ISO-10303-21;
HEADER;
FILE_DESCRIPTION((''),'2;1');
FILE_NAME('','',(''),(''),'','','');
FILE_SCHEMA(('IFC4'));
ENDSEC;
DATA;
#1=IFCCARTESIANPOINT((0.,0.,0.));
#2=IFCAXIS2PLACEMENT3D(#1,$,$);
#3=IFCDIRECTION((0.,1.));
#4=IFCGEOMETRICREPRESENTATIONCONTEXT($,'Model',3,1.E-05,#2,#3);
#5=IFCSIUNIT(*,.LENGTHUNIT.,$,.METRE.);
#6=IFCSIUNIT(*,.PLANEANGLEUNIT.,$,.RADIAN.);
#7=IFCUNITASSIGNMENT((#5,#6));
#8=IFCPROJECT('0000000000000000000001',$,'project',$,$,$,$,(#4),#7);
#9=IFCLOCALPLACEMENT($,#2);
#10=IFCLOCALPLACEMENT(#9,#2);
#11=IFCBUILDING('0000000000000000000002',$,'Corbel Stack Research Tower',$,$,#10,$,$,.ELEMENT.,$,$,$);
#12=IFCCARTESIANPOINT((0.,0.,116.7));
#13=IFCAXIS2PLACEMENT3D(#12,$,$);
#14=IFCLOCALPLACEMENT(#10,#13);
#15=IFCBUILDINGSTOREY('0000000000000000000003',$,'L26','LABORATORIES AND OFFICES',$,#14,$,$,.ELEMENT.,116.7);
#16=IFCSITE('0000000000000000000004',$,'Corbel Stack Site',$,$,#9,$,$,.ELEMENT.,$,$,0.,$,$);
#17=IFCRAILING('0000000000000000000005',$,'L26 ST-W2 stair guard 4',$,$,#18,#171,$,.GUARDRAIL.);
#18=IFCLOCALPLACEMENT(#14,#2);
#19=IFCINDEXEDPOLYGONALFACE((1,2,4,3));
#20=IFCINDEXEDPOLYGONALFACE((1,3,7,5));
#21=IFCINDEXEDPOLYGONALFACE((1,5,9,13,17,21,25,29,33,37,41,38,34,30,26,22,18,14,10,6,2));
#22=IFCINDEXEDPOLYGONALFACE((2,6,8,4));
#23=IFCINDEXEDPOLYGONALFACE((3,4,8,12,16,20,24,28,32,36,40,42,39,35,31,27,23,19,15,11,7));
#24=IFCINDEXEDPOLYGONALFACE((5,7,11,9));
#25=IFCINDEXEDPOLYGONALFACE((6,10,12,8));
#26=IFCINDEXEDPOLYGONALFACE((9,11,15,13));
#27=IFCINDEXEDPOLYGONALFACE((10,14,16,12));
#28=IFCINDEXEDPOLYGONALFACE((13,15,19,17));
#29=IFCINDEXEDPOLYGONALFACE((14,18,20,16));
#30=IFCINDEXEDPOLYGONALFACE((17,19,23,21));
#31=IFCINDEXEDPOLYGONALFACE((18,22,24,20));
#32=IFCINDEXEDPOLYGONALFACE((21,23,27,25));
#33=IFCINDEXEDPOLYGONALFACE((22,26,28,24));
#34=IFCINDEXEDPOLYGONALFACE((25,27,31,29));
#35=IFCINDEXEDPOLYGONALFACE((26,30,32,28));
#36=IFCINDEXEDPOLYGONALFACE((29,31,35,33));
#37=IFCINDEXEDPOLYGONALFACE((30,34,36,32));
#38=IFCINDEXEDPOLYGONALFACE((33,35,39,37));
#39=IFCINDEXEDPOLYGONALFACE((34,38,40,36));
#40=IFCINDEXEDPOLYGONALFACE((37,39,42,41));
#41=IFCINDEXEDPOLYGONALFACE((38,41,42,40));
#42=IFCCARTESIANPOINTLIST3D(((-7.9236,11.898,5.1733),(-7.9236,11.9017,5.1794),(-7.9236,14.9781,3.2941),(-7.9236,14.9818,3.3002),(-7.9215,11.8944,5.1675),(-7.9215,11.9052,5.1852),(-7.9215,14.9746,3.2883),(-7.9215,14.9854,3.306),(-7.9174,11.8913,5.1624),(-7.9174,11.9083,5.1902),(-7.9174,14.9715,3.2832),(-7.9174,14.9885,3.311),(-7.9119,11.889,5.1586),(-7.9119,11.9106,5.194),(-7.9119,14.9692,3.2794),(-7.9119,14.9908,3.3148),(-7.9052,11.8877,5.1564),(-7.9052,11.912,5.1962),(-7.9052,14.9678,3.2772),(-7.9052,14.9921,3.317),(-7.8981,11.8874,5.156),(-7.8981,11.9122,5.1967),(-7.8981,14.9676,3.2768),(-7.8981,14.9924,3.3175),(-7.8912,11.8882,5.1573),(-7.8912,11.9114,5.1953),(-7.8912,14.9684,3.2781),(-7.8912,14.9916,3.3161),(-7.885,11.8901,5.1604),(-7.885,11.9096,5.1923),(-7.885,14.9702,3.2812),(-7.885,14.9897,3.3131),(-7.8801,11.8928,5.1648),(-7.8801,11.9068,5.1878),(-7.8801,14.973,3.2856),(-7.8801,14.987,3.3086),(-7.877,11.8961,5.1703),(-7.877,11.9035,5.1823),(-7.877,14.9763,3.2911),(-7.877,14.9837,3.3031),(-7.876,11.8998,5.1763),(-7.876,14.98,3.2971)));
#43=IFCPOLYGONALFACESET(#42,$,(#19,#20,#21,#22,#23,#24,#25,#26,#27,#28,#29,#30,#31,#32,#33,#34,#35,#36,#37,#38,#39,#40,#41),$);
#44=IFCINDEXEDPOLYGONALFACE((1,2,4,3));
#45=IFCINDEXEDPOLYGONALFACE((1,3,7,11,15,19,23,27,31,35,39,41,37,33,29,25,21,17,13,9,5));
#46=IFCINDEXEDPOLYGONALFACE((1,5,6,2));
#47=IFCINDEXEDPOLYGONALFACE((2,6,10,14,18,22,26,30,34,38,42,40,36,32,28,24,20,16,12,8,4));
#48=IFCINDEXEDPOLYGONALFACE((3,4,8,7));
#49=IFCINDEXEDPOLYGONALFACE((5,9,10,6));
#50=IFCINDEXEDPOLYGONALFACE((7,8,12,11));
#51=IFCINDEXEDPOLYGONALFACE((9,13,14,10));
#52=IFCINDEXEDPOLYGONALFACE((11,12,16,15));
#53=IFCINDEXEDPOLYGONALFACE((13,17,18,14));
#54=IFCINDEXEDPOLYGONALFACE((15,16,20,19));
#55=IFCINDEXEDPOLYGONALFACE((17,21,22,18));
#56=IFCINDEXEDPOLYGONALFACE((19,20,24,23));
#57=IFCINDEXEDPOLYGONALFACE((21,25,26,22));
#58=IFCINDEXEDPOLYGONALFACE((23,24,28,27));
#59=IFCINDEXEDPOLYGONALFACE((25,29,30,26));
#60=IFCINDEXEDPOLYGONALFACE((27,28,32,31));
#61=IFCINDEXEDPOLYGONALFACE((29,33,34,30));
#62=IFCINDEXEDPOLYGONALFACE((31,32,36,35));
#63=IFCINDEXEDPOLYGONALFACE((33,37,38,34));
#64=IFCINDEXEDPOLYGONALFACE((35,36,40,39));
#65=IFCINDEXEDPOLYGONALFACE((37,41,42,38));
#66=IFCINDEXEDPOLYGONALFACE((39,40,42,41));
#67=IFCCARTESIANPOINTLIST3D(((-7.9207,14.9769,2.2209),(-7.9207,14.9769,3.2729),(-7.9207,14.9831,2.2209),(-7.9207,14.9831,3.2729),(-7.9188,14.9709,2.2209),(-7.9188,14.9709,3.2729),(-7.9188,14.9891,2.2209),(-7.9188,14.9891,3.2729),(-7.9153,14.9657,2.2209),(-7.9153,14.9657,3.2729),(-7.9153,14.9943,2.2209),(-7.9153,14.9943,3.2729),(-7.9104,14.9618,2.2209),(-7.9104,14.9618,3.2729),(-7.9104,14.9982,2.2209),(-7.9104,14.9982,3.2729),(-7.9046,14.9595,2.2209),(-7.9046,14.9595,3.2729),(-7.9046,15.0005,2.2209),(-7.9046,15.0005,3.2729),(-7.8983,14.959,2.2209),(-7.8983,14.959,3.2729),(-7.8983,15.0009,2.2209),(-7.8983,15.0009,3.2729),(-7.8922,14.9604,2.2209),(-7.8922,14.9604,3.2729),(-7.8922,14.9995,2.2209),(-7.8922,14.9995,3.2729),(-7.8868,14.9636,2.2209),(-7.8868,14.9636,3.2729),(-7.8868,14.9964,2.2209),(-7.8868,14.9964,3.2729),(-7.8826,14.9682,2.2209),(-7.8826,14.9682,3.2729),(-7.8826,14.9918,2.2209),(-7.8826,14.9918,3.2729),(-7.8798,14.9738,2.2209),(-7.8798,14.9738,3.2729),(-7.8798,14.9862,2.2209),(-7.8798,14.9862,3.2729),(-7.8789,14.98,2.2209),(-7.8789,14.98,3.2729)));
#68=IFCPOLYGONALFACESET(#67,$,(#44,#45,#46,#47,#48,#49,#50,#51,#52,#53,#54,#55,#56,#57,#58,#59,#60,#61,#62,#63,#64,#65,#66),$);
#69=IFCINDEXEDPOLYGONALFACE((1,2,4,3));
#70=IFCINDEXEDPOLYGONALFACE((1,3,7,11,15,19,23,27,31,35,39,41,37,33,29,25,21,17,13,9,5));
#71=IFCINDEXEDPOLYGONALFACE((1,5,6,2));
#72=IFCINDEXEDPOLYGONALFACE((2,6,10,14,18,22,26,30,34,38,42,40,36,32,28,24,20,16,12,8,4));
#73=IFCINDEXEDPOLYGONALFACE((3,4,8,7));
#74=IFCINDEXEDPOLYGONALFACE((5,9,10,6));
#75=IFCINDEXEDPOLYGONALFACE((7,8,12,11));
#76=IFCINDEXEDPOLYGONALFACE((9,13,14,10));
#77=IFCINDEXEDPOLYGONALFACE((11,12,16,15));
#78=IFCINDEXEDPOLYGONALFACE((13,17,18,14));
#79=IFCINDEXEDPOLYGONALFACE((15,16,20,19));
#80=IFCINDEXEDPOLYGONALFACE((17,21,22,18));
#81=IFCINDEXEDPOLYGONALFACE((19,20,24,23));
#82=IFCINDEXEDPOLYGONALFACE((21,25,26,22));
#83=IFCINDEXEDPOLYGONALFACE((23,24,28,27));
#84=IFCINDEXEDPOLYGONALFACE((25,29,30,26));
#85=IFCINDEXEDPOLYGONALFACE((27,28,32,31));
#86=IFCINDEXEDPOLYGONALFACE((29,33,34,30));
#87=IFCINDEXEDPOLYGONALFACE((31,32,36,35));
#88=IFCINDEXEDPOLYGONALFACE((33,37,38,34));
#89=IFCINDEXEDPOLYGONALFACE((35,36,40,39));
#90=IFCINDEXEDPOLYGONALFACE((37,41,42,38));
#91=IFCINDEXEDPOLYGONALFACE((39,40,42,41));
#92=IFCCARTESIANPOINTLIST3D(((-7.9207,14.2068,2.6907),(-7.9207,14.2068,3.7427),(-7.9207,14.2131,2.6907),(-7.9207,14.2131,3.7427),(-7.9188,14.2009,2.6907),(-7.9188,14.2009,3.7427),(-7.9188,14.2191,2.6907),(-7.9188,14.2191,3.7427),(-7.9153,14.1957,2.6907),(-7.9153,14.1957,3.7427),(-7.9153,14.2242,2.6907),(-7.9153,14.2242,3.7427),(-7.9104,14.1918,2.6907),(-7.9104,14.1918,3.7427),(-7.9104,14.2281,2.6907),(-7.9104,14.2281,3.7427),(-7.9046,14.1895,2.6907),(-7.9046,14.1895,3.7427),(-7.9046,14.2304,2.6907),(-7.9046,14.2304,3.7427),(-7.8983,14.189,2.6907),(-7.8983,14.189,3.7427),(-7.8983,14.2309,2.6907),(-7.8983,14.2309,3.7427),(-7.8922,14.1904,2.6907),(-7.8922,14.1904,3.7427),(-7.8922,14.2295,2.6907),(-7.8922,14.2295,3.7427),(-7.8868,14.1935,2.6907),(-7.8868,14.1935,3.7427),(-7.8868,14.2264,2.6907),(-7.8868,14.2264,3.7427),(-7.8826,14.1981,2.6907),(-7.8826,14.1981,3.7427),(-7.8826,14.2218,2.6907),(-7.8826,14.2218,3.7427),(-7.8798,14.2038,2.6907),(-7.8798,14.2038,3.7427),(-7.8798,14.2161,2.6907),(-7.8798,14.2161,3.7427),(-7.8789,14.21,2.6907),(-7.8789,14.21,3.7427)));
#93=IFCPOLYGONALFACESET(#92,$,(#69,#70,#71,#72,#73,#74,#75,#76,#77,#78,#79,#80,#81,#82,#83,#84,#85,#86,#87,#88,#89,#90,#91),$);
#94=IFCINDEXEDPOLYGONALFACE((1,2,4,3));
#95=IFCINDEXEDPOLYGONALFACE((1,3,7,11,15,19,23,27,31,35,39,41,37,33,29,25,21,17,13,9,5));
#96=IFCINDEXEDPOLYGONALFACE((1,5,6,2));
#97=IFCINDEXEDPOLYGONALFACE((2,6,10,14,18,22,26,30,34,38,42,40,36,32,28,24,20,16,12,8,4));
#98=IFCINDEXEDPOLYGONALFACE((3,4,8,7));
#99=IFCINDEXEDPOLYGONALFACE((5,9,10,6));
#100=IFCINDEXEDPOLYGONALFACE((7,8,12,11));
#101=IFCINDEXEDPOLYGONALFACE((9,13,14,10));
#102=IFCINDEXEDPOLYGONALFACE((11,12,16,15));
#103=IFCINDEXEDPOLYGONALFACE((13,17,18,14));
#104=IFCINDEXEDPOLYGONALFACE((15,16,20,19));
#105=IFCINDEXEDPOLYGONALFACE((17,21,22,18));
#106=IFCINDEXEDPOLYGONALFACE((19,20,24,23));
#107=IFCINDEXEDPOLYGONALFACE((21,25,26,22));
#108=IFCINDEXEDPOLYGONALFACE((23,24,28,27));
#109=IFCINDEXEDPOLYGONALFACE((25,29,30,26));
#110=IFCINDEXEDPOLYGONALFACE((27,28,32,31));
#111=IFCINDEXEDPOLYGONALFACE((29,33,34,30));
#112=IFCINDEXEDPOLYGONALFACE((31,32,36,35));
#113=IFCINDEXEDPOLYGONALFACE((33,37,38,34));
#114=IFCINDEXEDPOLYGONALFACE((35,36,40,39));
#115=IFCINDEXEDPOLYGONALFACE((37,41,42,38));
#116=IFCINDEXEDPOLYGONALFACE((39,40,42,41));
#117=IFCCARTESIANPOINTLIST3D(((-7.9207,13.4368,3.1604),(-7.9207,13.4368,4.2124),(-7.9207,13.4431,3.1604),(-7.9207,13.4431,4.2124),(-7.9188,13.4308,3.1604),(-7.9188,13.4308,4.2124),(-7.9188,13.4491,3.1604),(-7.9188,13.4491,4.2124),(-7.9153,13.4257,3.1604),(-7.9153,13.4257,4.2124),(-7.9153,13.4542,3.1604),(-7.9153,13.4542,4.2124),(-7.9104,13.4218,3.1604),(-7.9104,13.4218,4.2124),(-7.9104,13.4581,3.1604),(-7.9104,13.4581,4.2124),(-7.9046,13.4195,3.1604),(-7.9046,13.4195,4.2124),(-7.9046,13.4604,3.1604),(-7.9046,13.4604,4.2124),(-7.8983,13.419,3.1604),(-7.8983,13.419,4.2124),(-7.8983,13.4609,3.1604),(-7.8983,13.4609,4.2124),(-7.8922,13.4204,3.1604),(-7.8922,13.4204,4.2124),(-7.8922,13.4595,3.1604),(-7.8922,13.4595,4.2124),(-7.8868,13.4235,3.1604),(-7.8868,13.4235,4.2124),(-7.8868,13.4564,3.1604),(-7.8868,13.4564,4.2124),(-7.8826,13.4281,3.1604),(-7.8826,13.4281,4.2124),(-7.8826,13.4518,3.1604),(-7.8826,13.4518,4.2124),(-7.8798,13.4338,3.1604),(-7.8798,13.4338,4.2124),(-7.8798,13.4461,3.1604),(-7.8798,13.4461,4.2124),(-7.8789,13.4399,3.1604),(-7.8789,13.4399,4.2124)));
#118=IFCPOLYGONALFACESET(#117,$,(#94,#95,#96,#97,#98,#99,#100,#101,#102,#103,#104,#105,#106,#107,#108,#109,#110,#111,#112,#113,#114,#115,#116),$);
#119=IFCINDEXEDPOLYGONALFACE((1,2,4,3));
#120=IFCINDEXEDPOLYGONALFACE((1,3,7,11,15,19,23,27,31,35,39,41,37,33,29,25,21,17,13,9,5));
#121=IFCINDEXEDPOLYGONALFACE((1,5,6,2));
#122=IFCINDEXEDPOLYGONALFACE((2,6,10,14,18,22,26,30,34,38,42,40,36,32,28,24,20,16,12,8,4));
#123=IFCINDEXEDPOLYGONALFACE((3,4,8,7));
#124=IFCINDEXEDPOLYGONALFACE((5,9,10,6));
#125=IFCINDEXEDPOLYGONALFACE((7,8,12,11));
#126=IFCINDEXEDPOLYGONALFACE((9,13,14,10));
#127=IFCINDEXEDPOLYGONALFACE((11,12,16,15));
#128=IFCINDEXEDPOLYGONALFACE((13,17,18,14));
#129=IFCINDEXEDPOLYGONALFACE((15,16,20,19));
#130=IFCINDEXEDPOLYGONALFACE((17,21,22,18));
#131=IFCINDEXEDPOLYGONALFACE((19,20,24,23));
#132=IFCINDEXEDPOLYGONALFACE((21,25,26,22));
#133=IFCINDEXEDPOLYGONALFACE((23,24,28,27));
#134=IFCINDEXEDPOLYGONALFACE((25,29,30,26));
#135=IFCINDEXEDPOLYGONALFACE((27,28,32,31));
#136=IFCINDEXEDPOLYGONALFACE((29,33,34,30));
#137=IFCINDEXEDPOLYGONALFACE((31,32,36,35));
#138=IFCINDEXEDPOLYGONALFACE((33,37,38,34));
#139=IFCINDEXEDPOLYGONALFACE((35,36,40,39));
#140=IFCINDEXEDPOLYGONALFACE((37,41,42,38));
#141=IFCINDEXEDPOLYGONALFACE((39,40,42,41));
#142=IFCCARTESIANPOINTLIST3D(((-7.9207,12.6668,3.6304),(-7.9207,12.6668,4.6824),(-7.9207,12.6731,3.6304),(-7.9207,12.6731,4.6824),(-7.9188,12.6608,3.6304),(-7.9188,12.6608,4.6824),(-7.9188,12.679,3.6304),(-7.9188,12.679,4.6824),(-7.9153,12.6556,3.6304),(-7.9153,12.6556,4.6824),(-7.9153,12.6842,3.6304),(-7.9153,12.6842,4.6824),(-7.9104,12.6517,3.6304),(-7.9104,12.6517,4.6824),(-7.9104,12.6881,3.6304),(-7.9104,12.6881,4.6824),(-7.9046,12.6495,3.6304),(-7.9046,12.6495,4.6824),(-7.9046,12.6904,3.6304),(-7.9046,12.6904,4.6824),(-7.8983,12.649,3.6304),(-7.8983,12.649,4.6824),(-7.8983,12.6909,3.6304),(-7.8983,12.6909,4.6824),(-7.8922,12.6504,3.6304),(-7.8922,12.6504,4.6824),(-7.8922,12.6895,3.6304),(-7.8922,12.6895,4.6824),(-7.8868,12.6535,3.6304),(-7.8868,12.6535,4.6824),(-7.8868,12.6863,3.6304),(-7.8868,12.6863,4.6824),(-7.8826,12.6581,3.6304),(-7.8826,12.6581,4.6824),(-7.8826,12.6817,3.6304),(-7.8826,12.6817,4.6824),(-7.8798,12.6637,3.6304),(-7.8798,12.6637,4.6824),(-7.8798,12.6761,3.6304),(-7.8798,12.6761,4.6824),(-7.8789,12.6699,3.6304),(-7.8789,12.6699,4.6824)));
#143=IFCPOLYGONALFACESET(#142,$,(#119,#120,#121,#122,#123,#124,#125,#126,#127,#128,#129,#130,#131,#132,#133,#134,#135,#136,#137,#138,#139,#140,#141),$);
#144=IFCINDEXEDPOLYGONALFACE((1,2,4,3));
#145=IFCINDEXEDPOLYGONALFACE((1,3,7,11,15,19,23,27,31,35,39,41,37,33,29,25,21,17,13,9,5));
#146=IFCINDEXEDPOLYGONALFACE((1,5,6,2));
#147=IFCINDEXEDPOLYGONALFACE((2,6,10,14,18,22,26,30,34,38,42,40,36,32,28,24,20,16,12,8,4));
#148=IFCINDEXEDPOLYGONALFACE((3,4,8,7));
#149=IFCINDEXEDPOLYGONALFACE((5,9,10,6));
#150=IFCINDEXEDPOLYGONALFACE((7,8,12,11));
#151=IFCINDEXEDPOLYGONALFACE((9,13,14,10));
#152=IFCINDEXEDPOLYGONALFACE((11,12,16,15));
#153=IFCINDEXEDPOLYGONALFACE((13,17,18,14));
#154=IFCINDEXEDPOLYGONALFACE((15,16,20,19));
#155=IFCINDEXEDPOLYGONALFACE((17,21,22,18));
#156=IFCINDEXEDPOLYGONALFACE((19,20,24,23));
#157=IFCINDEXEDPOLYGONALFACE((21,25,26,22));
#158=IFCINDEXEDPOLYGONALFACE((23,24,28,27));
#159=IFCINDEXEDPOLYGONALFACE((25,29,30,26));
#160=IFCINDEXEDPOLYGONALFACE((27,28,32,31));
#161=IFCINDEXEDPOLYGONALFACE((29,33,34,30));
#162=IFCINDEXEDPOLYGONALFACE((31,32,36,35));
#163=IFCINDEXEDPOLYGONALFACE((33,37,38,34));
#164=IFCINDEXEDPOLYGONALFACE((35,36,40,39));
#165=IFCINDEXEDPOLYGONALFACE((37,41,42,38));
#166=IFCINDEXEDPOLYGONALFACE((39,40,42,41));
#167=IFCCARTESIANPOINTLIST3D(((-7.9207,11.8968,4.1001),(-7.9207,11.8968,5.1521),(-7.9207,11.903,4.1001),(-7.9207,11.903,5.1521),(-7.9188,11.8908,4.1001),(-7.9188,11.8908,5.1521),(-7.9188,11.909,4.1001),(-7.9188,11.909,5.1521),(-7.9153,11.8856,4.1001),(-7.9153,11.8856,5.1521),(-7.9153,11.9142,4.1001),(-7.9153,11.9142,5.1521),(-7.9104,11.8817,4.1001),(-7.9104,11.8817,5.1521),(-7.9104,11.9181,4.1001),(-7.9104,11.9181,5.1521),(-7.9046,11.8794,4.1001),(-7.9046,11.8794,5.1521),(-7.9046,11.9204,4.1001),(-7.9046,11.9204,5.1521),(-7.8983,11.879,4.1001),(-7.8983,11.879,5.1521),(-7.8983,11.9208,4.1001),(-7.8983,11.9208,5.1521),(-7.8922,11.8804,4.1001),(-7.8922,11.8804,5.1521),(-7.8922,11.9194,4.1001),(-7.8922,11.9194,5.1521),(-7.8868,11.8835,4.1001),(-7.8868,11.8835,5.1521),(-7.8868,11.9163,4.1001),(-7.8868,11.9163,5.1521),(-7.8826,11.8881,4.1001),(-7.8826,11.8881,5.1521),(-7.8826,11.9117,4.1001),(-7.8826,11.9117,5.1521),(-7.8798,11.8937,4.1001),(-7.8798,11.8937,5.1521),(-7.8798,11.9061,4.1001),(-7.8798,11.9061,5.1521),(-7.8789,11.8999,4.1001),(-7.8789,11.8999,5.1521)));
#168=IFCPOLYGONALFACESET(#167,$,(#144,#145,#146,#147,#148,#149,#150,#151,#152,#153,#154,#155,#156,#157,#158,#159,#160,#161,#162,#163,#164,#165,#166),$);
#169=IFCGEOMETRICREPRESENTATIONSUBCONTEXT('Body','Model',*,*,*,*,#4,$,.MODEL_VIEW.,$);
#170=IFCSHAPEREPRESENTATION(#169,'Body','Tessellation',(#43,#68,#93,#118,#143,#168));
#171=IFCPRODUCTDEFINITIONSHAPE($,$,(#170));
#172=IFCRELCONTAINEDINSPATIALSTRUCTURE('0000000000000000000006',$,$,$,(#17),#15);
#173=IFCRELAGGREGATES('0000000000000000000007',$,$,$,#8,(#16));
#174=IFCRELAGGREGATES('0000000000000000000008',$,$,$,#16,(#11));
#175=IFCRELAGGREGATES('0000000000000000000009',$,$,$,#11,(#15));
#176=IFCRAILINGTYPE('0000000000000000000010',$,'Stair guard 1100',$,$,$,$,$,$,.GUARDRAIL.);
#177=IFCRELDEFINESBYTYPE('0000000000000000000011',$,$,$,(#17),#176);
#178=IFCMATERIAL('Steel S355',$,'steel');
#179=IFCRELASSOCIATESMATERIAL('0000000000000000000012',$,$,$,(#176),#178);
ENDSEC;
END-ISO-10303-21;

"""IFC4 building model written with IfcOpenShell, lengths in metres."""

from ifc_helpers import new_model, si_unit, direction, frame, origin, origin_2d, place, context, subcontext, project, spatial, circle, extrude, material, type_object, element, save


model = new_model("IFC4")

# Units and contexts
model_context = context("Model", 3, precision=1e-05, world=origin(), true_north=direction((0.0, 1.0)))
body_context = subcontext(model_context, "Body", "Model", "MODEL_VIEW")
ifc_project = project(units=[si_unit("LENGTHUNIT", "METRE"), si_unit("PLANEANGLEUNIT", "RADIAN")], contexts=[model_context])

# Site, building, storey
site_placement = place(None, origin())
site = spatial("IfcSite", under=ifc_project, at=site_placement, Name="Corbel Stack Site", CompositionType="ELEMENT", RefElevation=0.0)
building_placement = place(site_placement, origin())
building = spatial("IfcBuilding", under=site, at=building_placement, Name="Corbel Stack Research Tower", CompositionType="ELEMENT")
storey_placement = place(building_placement, frame((0.0, 0.0, 116.7)))
storey = spatial("IfcBuildingStorey", under=building, at=storey_placement, Name="L26", Description="LABORATORIES AND OFFICES", CompositionType="ELEMENT", Elevation=116.7)

# Railing
ifc_material_1 = material(Name="Steel S355", Category="steel")
railing_type_1 = type_object("IfcRailingType", Name="Stair guard 1100", PredefinedType="GUARDRAIL", material=ifc_material_1)
railing_1_placement = place(storey_placement, frame((-7.8999, 14.98, 2.2209)))
element("IfcRailing", 1, at=railing_1_placement, inside=storey, type_object=railing_type_1, Name="L26 ST-W2 stair guard 4", PredefinedType="GUARDRAIL", context=body_context, shape_type="SweptSolid", body=[
    extrude(circle(Radius=0.0239, at=origin_2d()), frame((0.0, 0.0, 1.0762), z_axis=(0.0, -0.853666, 0.52082), x_axis=(1.0, 0.0, 0.0)), (0.0, 0.0, 1.0), 3.6082),
    extrude(circle(Radius=0.021, at=origin_2d()), origin(), (0.0, 0.0, 1.0), 1.052),
    extrude(circle(Radius=0.021, at=origin_2d()), frame((0.0, -0.77, 0.4697)), (0.0, 0.0, 1.0), 1.052),
    extrude(circle(Radius=0.021, at=origin_2d()), frame((0.0, -1.54, 0.9395)), (0.0, 0.0, 1.0), 1.052),
    extrude(circle(Radius=0.021, at=origin_2d()), frame((0.0, -2.3101, 1.4094)), (0.0, 0.0, 1.0), 1.052),
    extrude(circle(Radius=0.021, at=origin_2d()), frame((0.0, -3.0801, 1.8792)), (0.0, 0.0, 1.0), 1.052),
])

save(model, "model.ifc")
